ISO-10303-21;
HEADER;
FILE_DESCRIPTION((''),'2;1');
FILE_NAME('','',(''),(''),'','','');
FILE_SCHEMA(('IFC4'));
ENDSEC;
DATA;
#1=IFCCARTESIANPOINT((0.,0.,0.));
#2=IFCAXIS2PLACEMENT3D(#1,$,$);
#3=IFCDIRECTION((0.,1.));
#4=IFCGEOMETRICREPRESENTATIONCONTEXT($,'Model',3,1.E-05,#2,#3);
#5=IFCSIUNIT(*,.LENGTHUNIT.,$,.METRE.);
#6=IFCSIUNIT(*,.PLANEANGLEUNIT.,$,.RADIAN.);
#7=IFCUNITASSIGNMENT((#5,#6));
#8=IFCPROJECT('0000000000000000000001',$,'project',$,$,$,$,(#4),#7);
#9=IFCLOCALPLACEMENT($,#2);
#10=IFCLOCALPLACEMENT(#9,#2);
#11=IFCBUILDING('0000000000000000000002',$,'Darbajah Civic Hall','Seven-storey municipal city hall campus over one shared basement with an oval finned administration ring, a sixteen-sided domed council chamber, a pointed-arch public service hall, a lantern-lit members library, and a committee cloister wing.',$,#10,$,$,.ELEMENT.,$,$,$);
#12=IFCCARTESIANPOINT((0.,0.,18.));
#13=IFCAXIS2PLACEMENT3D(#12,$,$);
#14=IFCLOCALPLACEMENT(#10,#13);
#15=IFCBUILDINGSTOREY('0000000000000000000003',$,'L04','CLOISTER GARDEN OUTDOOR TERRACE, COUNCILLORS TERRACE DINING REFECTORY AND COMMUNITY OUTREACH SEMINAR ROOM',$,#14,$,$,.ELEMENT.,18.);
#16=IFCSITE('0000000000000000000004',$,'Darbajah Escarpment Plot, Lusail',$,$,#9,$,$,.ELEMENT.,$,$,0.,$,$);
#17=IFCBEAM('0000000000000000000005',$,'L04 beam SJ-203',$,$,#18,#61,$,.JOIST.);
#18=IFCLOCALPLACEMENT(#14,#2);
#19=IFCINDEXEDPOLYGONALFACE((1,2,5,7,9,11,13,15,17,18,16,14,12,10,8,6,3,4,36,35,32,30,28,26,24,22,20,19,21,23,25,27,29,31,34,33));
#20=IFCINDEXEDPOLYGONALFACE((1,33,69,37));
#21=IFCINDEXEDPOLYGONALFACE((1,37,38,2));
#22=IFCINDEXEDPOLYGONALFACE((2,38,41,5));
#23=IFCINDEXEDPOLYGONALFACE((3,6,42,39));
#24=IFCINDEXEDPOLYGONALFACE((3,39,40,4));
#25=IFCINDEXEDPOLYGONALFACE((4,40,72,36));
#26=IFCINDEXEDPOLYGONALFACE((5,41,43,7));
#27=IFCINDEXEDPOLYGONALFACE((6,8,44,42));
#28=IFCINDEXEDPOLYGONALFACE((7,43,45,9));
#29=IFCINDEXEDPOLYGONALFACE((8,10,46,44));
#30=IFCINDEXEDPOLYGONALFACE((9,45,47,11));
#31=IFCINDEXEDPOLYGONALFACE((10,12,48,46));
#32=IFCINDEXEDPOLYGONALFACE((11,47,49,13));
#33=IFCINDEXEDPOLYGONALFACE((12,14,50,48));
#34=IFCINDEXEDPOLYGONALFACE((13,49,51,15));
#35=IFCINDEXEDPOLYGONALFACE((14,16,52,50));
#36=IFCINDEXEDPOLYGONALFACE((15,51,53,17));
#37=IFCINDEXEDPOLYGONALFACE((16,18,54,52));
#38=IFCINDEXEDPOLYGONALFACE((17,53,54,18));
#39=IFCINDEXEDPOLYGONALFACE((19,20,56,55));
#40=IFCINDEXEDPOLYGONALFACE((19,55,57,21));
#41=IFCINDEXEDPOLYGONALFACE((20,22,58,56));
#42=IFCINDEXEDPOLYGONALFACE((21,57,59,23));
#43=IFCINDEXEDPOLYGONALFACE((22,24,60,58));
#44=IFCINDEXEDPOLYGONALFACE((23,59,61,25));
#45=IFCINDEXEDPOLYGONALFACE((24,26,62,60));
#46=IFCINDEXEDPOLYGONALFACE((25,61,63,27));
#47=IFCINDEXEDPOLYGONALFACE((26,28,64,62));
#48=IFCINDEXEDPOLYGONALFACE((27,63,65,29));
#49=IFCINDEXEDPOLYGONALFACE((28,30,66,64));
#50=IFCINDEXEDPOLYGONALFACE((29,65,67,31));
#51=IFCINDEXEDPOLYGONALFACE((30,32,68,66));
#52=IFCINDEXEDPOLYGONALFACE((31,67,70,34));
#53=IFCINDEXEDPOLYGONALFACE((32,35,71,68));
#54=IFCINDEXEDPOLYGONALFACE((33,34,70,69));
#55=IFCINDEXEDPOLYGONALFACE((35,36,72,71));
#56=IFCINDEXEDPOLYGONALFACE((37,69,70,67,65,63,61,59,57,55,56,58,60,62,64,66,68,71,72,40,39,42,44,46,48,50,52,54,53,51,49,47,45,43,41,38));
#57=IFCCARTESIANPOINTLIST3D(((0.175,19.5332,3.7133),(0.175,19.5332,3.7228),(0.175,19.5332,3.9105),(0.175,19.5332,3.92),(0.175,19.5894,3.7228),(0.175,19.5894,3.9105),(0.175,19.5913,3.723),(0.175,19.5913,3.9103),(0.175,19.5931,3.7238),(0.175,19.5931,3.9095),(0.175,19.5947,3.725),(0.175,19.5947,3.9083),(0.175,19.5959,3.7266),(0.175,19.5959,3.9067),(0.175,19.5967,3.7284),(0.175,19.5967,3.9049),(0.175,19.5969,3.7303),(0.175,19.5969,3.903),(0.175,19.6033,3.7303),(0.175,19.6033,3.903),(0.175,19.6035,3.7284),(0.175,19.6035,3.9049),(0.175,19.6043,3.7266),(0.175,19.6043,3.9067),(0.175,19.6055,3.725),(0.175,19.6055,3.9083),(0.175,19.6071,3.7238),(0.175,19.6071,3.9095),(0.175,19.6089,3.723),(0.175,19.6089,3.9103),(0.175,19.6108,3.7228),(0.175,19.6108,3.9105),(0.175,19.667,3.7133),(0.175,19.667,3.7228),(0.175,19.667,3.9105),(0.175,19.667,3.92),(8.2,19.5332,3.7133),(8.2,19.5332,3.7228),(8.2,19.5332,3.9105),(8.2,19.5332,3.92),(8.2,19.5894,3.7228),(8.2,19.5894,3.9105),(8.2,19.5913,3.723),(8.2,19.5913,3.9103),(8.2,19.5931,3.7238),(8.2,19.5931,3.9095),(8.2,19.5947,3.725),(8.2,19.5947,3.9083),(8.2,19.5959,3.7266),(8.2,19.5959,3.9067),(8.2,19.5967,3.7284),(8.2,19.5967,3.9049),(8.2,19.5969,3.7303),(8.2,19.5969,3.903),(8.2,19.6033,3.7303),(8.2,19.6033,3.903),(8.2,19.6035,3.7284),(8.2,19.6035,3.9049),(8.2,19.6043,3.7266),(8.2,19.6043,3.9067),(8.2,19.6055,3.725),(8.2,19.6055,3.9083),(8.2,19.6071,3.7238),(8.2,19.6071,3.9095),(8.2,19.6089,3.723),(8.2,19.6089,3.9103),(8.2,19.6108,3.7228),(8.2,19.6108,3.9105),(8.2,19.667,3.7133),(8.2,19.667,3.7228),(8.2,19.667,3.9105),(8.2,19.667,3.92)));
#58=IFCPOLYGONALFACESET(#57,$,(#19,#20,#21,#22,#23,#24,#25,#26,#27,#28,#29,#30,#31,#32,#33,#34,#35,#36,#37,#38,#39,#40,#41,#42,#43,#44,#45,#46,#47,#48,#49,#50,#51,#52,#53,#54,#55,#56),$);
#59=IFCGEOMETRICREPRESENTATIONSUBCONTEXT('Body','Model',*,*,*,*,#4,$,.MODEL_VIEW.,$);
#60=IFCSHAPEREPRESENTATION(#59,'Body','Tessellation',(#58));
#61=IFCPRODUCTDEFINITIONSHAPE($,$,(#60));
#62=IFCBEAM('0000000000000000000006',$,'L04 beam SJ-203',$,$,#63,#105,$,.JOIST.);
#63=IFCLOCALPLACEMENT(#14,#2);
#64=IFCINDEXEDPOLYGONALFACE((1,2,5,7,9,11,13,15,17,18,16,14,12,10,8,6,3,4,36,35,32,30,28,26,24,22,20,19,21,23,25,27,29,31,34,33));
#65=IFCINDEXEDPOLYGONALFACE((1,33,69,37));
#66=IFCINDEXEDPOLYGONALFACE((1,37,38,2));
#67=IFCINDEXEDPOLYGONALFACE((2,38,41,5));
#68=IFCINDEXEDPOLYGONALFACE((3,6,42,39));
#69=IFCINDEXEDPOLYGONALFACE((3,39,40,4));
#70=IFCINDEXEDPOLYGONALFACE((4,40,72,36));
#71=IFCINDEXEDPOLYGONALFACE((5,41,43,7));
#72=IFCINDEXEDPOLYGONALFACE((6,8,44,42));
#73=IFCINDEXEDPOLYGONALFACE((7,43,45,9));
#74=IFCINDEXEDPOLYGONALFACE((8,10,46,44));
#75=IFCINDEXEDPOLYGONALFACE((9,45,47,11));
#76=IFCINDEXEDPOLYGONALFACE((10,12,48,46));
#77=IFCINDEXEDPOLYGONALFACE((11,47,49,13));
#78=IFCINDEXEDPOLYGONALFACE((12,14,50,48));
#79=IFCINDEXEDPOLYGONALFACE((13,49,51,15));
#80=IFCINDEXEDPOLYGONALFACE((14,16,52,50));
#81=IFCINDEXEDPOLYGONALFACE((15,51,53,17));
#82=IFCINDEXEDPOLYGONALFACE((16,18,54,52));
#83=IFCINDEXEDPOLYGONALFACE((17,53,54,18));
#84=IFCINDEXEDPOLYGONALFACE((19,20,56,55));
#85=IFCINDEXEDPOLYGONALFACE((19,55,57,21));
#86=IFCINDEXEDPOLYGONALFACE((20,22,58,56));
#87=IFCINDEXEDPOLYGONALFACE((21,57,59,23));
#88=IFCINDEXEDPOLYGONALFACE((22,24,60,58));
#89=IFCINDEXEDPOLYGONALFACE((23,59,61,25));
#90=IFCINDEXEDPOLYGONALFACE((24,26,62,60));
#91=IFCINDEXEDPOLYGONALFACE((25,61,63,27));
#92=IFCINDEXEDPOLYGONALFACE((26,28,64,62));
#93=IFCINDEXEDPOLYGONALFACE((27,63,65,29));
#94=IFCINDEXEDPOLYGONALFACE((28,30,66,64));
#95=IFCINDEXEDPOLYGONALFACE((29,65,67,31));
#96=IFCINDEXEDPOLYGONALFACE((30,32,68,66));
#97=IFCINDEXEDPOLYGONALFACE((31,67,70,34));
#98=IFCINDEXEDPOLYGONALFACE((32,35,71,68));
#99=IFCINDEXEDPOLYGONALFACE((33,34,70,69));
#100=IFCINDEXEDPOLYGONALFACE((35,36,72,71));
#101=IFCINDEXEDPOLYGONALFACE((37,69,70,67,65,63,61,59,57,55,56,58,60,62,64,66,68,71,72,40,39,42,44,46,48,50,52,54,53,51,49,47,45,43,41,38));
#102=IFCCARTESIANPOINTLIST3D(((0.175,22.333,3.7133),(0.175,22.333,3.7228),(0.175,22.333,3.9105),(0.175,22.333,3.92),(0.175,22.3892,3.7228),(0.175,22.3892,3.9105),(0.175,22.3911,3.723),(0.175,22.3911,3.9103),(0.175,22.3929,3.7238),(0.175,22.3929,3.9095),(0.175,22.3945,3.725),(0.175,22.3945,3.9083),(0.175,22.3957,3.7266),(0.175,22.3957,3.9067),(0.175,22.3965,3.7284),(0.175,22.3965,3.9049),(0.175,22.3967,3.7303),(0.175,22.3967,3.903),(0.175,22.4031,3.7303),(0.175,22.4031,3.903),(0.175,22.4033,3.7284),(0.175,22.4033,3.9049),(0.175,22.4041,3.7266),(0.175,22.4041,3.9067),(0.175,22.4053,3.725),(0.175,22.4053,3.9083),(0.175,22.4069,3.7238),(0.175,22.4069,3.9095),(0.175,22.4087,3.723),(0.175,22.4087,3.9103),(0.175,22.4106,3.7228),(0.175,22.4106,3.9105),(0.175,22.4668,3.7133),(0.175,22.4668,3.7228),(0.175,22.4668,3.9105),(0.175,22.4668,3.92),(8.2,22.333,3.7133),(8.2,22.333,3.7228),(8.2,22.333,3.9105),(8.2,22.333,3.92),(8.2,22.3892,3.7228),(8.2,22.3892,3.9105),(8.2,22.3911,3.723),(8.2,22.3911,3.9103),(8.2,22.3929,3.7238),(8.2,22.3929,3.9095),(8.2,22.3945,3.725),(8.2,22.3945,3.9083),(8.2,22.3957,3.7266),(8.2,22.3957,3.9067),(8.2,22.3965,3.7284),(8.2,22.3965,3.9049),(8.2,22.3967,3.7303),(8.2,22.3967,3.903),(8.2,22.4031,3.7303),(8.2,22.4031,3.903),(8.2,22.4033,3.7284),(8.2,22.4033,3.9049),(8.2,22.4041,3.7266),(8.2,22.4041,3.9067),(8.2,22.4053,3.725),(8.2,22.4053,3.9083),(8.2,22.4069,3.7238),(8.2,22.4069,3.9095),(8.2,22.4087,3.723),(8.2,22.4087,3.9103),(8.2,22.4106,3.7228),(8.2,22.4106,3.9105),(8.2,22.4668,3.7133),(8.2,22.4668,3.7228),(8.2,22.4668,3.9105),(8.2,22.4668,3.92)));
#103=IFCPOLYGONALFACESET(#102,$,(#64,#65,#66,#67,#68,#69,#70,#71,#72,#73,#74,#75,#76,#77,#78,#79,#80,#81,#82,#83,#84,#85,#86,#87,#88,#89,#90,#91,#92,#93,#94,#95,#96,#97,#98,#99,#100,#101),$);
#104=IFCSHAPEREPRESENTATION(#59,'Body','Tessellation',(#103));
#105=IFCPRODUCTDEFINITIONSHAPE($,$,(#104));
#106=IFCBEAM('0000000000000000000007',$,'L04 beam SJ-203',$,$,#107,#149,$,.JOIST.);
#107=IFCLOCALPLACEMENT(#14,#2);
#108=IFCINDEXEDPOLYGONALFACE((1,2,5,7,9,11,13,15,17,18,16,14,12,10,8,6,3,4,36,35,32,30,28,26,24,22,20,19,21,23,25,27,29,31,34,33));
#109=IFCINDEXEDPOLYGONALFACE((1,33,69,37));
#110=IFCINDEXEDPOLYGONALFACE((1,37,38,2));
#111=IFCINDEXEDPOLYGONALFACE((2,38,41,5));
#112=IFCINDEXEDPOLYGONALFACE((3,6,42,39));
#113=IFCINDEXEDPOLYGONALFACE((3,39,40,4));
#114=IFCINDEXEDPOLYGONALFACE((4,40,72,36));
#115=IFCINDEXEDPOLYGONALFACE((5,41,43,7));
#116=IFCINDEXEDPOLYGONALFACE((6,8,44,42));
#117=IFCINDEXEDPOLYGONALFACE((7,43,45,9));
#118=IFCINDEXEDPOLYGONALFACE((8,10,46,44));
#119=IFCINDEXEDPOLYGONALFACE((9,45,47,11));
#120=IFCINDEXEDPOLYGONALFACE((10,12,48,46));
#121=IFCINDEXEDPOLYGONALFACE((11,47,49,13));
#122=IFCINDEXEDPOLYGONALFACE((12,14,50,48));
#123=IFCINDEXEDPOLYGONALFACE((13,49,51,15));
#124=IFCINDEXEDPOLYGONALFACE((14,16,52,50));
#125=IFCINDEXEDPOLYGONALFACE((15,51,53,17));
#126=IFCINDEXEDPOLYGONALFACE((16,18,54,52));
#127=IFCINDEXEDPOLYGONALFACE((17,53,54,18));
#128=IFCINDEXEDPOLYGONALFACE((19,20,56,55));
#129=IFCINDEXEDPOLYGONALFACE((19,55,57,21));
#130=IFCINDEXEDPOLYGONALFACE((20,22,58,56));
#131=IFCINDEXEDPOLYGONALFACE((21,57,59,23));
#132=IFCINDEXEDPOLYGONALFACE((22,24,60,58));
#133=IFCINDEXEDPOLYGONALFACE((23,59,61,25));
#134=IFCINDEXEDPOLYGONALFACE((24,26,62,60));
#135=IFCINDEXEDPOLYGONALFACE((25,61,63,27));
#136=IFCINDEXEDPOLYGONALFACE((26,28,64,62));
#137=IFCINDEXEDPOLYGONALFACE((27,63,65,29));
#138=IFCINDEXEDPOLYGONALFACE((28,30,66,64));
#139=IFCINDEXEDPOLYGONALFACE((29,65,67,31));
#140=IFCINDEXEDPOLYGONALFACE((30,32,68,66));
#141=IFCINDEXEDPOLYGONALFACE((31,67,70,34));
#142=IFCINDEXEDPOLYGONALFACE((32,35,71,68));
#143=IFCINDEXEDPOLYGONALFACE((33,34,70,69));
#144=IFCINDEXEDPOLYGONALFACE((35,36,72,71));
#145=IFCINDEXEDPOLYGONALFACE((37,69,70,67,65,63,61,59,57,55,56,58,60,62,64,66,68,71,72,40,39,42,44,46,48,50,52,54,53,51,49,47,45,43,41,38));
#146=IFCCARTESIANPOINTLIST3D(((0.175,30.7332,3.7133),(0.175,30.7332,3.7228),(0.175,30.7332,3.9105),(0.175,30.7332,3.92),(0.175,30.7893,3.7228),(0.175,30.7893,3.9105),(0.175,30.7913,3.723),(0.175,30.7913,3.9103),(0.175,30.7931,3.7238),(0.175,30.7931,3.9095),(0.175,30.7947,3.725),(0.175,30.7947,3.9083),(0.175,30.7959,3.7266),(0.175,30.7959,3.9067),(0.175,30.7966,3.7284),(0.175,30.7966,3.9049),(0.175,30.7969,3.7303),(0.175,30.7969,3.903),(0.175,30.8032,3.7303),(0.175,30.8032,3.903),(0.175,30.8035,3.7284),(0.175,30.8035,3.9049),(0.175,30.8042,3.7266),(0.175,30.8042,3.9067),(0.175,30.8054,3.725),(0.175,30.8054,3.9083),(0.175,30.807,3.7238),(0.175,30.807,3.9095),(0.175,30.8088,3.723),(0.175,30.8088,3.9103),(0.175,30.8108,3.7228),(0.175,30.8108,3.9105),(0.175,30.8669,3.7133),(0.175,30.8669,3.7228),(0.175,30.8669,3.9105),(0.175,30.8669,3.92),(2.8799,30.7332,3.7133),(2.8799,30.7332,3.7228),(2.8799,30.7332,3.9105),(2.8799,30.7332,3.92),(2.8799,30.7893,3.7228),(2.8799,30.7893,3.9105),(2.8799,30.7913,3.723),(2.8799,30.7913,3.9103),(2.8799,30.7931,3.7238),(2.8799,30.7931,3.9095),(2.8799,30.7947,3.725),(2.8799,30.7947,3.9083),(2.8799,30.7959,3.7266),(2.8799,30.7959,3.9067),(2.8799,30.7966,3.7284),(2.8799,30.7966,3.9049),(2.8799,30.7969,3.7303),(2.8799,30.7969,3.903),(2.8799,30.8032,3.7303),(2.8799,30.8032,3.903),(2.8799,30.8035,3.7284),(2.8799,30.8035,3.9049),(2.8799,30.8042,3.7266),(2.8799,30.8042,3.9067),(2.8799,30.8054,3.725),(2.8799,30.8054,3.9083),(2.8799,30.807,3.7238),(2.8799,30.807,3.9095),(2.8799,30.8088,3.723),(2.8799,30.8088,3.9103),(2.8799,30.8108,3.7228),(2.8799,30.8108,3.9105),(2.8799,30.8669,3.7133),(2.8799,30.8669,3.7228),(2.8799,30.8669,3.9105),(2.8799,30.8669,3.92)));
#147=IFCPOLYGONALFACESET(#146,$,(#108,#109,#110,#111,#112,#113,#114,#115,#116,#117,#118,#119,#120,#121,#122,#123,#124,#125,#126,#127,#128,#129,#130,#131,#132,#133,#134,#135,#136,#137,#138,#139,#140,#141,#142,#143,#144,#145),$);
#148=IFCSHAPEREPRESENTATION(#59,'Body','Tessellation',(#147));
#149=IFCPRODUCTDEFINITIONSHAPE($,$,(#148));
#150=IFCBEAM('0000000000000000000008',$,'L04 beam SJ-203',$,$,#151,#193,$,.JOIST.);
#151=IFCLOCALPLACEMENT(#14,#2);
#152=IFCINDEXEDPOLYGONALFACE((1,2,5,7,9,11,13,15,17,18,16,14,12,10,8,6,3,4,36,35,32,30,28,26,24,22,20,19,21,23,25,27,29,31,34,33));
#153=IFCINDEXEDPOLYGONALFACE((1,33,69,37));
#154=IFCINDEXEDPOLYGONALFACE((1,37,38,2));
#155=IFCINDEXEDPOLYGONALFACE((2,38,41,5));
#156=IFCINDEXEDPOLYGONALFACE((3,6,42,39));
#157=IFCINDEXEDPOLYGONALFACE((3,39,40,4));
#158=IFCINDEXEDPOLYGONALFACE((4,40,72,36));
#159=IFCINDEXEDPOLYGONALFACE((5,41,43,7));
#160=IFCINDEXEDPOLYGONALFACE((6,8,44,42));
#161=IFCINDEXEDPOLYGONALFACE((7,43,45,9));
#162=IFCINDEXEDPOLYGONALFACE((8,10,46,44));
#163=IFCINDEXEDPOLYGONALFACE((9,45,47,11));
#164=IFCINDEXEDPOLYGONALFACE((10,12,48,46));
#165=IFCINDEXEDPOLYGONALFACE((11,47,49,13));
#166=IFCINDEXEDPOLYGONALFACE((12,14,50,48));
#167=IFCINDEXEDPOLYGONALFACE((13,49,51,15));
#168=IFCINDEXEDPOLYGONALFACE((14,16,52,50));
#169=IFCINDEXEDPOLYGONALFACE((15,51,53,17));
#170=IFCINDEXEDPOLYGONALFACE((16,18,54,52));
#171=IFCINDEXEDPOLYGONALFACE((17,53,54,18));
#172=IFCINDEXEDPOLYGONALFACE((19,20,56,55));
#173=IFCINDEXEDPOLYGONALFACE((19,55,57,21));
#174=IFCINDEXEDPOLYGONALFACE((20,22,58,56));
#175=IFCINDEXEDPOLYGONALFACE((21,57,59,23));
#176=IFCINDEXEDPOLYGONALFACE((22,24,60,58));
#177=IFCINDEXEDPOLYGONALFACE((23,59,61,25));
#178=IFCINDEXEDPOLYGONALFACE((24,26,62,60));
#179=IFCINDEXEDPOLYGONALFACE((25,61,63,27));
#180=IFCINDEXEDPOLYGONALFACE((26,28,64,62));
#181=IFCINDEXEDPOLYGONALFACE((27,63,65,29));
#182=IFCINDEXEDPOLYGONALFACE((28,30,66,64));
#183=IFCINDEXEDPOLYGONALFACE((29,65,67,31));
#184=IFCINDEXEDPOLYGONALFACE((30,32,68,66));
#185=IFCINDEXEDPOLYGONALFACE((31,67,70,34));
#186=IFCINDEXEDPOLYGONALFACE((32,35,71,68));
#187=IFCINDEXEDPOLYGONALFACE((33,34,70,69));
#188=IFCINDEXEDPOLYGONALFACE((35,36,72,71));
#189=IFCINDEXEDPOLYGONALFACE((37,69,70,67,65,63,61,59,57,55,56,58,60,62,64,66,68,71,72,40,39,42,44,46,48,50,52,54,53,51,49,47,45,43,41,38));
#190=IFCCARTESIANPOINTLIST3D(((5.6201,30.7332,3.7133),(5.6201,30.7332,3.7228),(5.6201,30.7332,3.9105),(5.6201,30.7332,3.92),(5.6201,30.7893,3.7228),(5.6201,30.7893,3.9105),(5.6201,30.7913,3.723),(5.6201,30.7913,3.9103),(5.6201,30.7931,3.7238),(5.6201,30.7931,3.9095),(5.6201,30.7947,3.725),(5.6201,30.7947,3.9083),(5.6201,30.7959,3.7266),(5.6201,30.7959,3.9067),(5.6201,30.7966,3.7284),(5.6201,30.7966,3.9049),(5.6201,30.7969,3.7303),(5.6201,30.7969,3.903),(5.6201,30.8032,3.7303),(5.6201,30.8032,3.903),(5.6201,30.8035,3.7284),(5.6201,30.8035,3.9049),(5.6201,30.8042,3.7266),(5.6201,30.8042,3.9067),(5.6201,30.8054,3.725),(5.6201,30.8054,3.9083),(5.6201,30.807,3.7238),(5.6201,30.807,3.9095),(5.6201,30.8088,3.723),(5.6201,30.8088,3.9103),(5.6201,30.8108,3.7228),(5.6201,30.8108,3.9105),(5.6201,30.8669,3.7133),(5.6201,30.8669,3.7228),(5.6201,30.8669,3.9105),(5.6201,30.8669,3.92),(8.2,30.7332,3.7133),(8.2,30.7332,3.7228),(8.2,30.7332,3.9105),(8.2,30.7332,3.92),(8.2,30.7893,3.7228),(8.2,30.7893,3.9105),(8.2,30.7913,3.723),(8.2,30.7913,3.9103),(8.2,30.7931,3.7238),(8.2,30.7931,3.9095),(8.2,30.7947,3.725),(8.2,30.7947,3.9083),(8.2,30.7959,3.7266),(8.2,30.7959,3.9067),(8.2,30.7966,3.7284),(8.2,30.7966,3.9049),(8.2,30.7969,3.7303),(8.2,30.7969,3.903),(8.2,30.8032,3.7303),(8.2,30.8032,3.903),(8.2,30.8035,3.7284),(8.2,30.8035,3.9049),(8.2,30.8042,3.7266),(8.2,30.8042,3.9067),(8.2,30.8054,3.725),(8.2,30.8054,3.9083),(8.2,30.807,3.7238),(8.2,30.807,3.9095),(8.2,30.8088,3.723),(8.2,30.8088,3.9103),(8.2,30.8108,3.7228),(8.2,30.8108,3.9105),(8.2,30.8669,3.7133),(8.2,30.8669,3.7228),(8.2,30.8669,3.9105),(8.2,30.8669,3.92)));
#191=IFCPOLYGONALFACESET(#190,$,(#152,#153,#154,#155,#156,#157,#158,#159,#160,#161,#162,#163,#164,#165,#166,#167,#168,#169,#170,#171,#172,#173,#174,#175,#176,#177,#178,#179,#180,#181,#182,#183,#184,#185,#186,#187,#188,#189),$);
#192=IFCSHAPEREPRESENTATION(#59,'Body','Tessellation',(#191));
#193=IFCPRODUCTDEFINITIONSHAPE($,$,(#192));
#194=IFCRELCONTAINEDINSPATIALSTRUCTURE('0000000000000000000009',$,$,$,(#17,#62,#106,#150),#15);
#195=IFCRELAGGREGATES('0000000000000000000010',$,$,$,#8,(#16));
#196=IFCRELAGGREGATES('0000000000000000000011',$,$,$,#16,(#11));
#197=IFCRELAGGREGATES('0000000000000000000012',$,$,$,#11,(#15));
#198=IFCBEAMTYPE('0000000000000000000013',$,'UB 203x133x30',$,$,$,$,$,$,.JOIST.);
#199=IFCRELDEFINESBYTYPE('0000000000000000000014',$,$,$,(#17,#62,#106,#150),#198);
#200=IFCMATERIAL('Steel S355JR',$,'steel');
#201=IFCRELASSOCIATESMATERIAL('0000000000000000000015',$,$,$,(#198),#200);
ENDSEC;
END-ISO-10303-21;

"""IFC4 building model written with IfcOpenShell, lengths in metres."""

from ifc_helpers import new_model, si_unit, direction, frame, origin, origin_2d, place, context, subcontext, project, spatial, i_section, extrude, material, material_profile, profile_set, type_object, element, save


model = new_model("IFC4")

# Units and contexts
model_context = context("Model", 3, precision=1e-05, world=origin(), true_north=direction((0.0, 1.0)))
body_context = subcontext(model_context, "Body", "Model", "MODEL_VIEW")
ifc_project = project(units=[si_unit("LENGTHUNIT", "METRE"), si_unit("PLANEANGLEUNIT", "RADIAN")], contexts=[model_context])

# Site, building, storey
site_placement = place(None, origin())
site = spatial("IfcSite", under=ifc_project, at=site_placement, Name="Darbajah Escarpment Plot, Lusail", CompositionType="ELEMENT", RefElevation=0.0)
building_placement = place(site_placement, origin())
building = spatial("IfcBuilding", under=site, at=building_placement, Name="Darbajah Civic Hall", Description="Seven-storey municipal city hall campus over one shared basement with an oval finned administration ring, a sixteen-sided domed council chamber, a pointed-arch public service hall, a lantern-lit members library, and a committee cloister wing.", CompositionType="ELEMENT")
storey_placement = place(building_placement, frame((0.0, 0.0, 18.0)))
storey = spatial("IfcBuildingStorey", under=building, at=storey_placement, Name="L04", Description="CLOISTER GARDEN OUTDOOR TERRACE, COUNCILLORS TERRACE DINING REFECTORY AND COMMUNITY OUTREACH SEMINAR ROOM", CompositionType="ELEMENT", Elevation=18.0)

# Shared definitions
ifc_material_1 = material(Name="Steel S355JR", Category="steel")

# Beams
ifc_material_profile_1 = material_profile(ifc_material_1, i_section(OverallWidth=0.1338, OverallDepth=0.2068, WebThickness=0.0063, FlangeThickness=0.0095, FilletRadius=0.0076, at=origin_2d()), Name="UB 203x133x30")
ifc_profile_set_1 = profile_set([ifc_material_profile_1], Name="Steel S355JR")
beam_type_1 = type_object("IfcBeamType", Name="UB 203x133x30", PredefinedType="JOIST", material=ifc_profile_set_1)
for number, where, z_axis, x_axis, name in (
    (1, (0.175, 19.6001, 3.8167), (1.0, 0.0, 0.0), (0.0, 1.0, 0.0), "L04 beam SJ-203"),
    (2, (0.175, 22.3999, 3.8167), (1.0, 0.0, 0.0), (0.0, 1.0, 0.0), "L04 beam SJ-203"),
):
    element("IfcBeam", number, at=place(storey_placement, frame(where, z_axis=z_axis, x_axis=x_axis)), inside=storey, type_object=beam_type_1, Name=name, PredefinedType="JOIST", context=body_context, shape_type="SweptSolid", body=[
        extrude(i_section(OverallWidth=0.1338, OverallDepth=0.2068, WebThickness=0.0063, FlangeThickness=0.0095, FilletRadius=0.0076, at=origin_2d()), origin(), (0.0, 0.0, 1.0), 8.0249),
    ])
beam_1_placement = place(storey_placement, frame((0.175, 30.8, 3.8167), z_axis=(1.0, 0.0, 0.0), x_axis=(0.0, 1.0, 0.0)))
element("IfcBeam", 3, at=beam_1_placement, inside=storey, type_object=beam_type_1, Name="L04 beam SJ-203", PredefinedType="JOIST", context=body_context, shape_type="SweptSolid", body=[
    extrude(i_section(OverallWidth=0.1338, OverallDepth=0.2068, WebThickness=0.0063, FlangeThickness=0.0095, FilletRadius=0.0076, at=origin_2d()), origin(), (0.0, 0.0, 1.0), 2.7048),
])
beam_2_placement = place(storey_placement, frame((5.6201, 30.8, 3.8167), z_axis=(1.0, 0.0, 0.0), x_axis=(0.0, 1.0, 0.0)))
element("IfcBeam", 4, at=beam_2_placement, inside=storey, type_object=beam_type_1, Name="L04 beam SJ-203", PredefinedType="JOIST", context=body_context, shape_type="SweptSolid", body=[
    extrude(i_section(OverallWidth=0.1338, OverallDepth=0.2068, WebThickness=0.0063, FlangeThickness=0.0095, FilletRadius=0.0076, at=origin_2d()), origin(), (0.0, 0.0, 1.0), 2.5798),
])

save(model, "model.ifc")
